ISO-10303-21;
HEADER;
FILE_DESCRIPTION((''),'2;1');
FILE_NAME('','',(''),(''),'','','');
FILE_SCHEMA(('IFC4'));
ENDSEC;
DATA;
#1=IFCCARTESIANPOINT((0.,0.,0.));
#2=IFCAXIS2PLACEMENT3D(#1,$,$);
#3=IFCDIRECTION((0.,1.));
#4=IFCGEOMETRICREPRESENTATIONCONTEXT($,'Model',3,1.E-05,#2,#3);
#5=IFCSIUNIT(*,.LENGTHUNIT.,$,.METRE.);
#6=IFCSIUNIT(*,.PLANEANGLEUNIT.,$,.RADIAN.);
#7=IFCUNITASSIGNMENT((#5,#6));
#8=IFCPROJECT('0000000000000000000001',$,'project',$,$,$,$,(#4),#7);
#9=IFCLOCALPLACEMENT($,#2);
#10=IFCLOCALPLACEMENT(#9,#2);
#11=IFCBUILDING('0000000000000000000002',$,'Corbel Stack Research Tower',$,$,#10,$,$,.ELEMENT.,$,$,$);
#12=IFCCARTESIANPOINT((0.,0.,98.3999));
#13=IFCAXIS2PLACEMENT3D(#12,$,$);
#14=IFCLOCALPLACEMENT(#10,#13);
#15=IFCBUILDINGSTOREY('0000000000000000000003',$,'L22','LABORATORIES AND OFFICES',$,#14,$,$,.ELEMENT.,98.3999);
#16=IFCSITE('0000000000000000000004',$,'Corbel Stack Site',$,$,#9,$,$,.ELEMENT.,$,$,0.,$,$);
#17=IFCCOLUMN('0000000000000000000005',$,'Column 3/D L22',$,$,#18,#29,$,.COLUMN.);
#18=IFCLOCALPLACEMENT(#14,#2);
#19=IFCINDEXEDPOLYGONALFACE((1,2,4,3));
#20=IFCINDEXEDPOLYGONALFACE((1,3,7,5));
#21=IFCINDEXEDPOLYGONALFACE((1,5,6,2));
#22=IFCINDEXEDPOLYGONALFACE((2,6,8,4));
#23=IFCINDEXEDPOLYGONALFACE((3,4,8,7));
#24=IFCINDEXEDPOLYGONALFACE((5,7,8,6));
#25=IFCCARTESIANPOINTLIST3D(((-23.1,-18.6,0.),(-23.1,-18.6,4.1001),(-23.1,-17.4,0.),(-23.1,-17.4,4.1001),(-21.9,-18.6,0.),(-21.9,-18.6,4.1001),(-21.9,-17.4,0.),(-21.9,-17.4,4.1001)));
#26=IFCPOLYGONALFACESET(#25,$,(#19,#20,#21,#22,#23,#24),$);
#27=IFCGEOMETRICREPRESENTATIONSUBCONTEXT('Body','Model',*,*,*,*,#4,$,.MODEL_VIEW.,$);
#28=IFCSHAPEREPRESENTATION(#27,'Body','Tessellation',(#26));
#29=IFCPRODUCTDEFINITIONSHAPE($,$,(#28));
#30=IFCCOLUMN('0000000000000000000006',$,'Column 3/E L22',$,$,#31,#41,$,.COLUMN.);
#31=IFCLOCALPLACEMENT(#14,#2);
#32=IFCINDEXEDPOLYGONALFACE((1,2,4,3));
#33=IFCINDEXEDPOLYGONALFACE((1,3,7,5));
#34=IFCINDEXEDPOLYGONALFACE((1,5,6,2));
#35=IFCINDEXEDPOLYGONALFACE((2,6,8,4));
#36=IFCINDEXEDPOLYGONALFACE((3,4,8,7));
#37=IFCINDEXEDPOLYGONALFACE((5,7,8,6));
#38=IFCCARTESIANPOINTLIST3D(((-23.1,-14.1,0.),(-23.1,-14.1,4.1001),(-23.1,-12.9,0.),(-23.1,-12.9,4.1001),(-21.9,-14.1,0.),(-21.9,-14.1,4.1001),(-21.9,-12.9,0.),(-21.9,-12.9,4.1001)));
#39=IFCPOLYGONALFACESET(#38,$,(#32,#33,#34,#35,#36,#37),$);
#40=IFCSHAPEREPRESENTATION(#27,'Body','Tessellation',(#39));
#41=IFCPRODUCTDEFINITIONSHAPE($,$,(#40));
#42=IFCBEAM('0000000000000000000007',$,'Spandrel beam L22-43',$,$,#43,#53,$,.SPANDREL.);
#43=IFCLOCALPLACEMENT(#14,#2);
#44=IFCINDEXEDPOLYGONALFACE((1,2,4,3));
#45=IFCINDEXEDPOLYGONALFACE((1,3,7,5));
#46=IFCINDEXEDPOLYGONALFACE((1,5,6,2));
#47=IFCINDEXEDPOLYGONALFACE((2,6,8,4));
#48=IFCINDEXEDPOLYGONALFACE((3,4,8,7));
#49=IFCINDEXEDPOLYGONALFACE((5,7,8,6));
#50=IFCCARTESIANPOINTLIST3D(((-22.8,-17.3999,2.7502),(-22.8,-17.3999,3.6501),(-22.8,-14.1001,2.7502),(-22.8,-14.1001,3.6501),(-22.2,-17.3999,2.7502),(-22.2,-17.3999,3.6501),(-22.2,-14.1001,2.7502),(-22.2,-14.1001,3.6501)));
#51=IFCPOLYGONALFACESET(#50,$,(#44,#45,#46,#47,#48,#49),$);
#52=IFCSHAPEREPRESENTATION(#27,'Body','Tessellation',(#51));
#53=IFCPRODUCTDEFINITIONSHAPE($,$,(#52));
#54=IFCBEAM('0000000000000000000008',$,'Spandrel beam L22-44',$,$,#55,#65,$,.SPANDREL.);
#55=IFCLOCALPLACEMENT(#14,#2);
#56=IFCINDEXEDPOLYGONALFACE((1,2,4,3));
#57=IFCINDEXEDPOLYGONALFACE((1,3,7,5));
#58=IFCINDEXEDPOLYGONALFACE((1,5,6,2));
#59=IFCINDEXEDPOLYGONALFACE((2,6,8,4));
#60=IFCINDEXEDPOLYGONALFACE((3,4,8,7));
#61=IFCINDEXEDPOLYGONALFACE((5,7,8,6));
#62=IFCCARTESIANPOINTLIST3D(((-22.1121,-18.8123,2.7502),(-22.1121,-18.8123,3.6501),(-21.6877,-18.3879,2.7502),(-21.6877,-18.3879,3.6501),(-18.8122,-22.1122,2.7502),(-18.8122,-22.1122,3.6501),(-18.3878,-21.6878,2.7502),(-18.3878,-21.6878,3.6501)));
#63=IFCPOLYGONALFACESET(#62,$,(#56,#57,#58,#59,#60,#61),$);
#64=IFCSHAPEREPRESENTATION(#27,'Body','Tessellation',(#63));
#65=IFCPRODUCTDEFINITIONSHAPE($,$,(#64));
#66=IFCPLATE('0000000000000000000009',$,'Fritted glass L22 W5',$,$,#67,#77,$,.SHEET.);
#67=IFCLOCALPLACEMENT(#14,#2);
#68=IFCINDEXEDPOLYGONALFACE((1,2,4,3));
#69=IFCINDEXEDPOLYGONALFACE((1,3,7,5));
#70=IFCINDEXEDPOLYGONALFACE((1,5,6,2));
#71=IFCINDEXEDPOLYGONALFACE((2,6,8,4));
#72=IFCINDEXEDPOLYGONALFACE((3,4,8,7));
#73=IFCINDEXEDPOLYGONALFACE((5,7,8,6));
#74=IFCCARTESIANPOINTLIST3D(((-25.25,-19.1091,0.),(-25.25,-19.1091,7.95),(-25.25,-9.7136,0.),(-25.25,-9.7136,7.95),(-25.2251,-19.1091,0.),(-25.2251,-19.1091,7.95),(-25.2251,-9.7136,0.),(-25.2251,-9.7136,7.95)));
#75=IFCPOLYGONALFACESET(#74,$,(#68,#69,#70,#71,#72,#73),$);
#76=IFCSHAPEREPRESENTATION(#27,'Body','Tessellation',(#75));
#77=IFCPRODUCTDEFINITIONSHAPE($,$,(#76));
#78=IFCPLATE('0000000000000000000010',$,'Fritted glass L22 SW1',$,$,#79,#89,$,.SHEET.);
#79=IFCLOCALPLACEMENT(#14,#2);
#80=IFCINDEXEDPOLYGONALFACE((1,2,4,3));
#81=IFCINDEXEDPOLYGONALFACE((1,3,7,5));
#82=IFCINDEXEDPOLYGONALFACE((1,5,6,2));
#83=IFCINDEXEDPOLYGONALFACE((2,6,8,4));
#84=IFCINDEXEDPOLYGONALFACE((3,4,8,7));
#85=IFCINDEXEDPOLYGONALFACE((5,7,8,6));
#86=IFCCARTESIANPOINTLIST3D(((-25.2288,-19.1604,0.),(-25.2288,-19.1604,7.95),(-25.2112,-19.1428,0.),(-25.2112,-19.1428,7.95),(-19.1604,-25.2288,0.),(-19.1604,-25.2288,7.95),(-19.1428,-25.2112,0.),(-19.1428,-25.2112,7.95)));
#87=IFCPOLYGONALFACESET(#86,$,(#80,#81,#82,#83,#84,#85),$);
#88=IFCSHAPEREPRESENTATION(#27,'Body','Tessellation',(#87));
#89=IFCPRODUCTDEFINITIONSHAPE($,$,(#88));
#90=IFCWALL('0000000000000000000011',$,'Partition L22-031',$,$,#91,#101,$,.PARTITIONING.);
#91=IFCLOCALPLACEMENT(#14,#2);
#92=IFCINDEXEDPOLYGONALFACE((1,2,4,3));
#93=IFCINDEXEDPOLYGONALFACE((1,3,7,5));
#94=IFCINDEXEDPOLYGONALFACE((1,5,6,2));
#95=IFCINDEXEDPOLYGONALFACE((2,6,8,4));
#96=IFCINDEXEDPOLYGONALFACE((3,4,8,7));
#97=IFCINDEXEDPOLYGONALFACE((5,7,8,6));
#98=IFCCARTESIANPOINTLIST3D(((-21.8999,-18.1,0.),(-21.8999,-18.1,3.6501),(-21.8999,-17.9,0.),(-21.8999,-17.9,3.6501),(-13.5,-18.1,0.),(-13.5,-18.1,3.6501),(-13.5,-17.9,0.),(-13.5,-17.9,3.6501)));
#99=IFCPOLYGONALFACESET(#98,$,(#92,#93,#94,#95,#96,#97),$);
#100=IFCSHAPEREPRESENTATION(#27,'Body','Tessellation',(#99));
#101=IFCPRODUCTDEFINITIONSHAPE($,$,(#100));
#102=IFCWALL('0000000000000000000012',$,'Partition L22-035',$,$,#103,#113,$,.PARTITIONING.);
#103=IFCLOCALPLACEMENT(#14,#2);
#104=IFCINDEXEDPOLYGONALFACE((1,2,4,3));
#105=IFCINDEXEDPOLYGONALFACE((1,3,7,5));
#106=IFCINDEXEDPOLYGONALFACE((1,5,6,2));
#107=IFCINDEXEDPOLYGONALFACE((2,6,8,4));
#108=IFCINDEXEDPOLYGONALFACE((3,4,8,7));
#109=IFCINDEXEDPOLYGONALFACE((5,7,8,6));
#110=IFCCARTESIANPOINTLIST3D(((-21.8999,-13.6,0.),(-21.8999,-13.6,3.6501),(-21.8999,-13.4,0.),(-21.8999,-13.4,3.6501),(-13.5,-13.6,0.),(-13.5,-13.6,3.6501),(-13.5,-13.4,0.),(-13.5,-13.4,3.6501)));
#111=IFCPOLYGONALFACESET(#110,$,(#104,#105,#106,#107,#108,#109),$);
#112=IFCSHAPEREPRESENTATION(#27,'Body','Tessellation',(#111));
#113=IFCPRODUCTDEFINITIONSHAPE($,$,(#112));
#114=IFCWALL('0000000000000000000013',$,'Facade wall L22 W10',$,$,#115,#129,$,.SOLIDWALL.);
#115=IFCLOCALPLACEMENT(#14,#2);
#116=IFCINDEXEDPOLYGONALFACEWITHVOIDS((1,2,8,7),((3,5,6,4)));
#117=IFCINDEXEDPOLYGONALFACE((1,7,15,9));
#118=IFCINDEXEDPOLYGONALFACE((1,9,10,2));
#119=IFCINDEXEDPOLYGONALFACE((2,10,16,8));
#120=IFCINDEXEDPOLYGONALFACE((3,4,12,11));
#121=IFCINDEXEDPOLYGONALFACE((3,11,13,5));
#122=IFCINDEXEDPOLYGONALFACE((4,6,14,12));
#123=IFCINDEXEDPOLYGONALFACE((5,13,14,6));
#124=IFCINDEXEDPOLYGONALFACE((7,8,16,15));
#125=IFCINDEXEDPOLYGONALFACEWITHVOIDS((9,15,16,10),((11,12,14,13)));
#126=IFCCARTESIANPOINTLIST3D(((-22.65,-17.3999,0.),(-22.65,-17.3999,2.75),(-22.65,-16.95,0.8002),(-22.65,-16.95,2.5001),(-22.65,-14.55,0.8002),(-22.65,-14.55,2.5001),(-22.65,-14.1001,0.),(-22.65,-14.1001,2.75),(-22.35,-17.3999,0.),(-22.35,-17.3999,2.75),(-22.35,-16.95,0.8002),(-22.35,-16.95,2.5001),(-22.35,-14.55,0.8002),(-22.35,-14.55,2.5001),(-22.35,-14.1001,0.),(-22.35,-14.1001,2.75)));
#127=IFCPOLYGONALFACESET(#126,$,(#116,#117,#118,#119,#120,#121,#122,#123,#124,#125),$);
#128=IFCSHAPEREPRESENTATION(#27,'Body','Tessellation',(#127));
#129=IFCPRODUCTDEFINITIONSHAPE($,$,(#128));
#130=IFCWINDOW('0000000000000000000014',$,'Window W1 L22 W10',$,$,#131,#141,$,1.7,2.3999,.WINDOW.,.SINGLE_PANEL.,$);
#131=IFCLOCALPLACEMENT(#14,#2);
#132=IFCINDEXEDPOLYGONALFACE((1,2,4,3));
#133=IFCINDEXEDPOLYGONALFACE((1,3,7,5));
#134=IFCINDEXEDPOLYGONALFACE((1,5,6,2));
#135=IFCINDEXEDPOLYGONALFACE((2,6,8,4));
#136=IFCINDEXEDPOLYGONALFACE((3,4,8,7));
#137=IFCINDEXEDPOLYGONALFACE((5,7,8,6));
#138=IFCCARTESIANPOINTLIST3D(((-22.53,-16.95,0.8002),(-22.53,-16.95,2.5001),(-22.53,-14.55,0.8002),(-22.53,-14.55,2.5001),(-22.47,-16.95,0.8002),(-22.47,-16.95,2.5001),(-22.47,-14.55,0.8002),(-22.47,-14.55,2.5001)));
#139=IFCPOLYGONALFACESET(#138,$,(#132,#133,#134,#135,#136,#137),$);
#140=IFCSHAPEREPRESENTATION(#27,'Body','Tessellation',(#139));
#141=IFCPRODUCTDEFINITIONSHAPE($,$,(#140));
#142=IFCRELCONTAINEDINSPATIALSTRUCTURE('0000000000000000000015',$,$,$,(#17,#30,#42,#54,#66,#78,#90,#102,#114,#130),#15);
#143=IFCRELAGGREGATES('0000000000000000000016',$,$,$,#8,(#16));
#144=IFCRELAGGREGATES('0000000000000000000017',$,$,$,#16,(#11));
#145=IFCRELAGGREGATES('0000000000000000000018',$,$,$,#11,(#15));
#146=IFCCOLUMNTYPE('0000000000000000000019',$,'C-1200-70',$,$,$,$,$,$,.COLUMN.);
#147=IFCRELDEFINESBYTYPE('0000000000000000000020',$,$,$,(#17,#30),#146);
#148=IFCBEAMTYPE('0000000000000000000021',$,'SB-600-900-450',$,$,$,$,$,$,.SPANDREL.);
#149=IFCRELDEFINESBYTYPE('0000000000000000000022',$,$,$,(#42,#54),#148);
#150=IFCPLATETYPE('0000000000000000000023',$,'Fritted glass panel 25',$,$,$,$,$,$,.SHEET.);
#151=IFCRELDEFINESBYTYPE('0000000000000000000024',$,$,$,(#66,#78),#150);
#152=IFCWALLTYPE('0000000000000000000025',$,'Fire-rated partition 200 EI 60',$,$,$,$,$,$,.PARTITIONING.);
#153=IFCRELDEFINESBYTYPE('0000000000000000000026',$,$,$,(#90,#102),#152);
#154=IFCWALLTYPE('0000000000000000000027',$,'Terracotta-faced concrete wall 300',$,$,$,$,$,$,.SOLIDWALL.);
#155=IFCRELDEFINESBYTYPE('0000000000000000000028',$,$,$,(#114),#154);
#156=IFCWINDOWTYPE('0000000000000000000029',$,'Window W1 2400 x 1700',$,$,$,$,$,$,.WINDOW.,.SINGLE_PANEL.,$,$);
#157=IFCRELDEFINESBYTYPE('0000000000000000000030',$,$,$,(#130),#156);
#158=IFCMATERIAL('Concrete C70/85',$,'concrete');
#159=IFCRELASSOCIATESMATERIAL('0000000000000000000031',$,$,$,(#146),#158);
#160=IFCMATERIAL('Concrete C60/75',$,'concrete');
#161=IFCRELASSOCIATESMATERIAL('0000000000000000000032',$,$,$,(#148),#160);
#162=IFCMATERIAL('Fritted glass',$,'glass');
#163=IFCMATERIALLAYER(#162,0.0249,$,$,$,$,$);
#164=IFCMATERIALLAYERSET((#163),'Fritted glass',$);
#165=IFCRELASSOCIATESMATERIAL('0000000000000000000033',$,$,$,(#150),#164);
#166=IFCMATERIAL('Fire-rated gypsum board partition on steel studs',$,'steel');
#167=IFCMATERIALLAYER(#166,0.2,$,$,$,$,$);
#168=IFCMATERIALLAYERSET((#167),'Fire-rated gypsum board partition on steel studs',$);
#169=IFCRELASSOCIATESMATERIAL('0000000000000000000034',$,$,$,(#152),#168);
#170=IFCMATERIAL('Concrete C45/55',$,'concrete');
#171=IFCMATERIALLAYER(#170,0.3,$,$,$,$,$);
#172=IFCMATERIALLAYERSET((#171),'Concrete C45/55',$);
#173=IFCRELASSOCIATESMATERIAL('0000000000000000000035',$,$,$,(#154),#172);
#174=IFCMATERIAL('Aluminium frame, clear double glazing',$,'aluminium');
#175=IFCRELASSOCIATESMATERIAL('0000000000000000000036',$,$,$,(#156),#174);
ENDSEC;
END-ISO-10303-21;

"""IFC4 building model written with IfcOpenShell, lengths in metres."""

from ifc_helpers import new_model, si_unit, direction, frame, frame_2d, origin, origin_2d, place, context, subcontext, project, spatial, rectangle, extrude, material, layer, layer_set, material_profile, profile_set, type_object, element, fill, save


model = new_model("IFC4")

# Units and contexts
model_context = context("Model", 3, precision=1e-05, world=origin(), true_north=direction((0.0, 1.0)))
body_context = subcontext(model_context, "Body", "Model", "MODEL_VIEW")
ifc_project = project(units=[si_unit("LENGTHUNIT", "METRE"), si_unit("PLANEANGLEUNIT", "RADIAN")], contexts=[model_context])

# Site, building, storey
site_placement = place(None, origin())
site = spatial("IfcSite", under=ifc_project, at=site_placement, Name="Corbel Stack Site", CompositionType="ELEMENT", RefElevation=0.0)
building_placement = place(site_placement, origin())
building = spatial("IfcBuilding", under=site, at=building_placement, Name="Corbel Stack Research Tower", CompositionType="ELEMENT")
storey_placement = place(building_placement, frame((0.0, 0.0, 98.3999)))
storey = spatial("IfcBuildingStorey", under=building, at=storey_placement, Name="L22", Description="LABORATORIES AND OFFICES", CompositionType="ELEMENT", Elevation=98.3999)

# Columns
ifc_material_1 = material(Name="Concrete C70/85", Category="concrete")
ifc_material_profile_1 = material_profile(ifc_material_1, rectangle(XDim=1.2, YDim=1.2, at=origin_2d()), Name="RC 1200 x 1200")
ifc_profile_set_1 = profile_set([ifc_material_profile_1], Name="Concrete C70/85")
column_type = type_object("IfcColumnType", Name="C-1200-70", PredefinedType="COLUMN", material=ifc_profile_set_1)
for number, where, z_axis, x_axis, name in (
    (1, (-22.5, -18.0, 0.0), (0.0, 0.0, 1.0), (1.0, 0.0, 0.0), "Column 3/D L22"),
    (2, (-22.5, -13.5, 0.0), (0.0, 0.0, 1.0), (1.0, 0.0, 0.0), "Column 3/E L22"),
):
    element("IfcColumn", number, at=place(storey_placement, frame(where, z_axis=z_axis, x_axis=x_axis)), inside=storey, type_object=column_type, Name=name, PredefinedType="COLUMN", context=body_context, shape_type="SweptSolid", body=[
        extrude(rectangle(XDim=1.2, YDim=1.2, at=origin_2d()), origin(), (0.0, 0.0, 1.0), 4.1001),
    ])

# Beams
ifc_material_2 = material(Name="Concrete C60/75", Category="concrete")
ifc_material_profile_2 = material_profile(ifc_material_2, rectangle(XDim=0.6001, YDim=0.8999, at=origin_2d()), Name="RC 600 x 900")
ifc_profile_set_2 = profile_set([ifc_material_profile_2], Name="Concrete C60/75")
beam_type = type_object("IfcBeamType", Name="SB-600-900-450", PredefinedType="SPANDREL", material=ifc_profile_set_2)
beam_1_placement = place(storey_placement, frame((-22.5, -14.1001, 3.2002), z_axis=(0.0, -1.0, 0.0), x_axis=(1.0, 0.0, 0.0)))
element("IfcBeam", 3, at=beam_1_placement, inside=storey, type_object=beam_type, Name="Spandrel beam L22-43", PredefinedType="SPANDREL", context=body_context, shape_type="SweptSolid", body=[
    extrude(rectangle(XDim=0.6001, YDim=0.8999, at=origin_2d()), origin(), (0.0, 0.0, 1.0), 3.2998),
])
beam_2_placement = place(storey_placement, frame((-21.8999, -18.6001, 3.2002), z_axis=(0.707107, -0.707107, 0.0), x_axis=(0.707107, 0.707107, 0.0)))
element("IfcBeam", 4, at=beam_2_placement, inside=storey, type_object=beam_type, Name="Spandrel beam L22-44", PredefinedType="SPANDREL", context=body_context, shape_type="SweptSolid", body=[
    extrude(rectangle(XDim=0.6001, YDim=0.8999, at=origin_2d()), origin(), (0.0, 0.0, 1.0), 4.6667),
])

# Plates
ifc_material_3 = material(Name="Fritted glass", Category="glass")
ifc_layer_1 = layer(ifc_material_3, 0.0249)
ifc_layer_set_1 = layer_set([ifc_layer_1], Name="Fritted glass")
plate_type = type_object("IfcPlateType", Name="Fritted glass panel 25", PredefinedType="SHEET", material=ifc_layer_set_1)
plate_1_placement = place(storey_placement, frame((-25.2375, -14.4114, 0.0), z_axis=(0.0, 0.0, 1.0), x_axis=(0.0, -1.0, 0.0)))
element("IfcPlate", 5, at=plate_1_placement, inside=storey, type_object=plate_type, Name="Fritted glass L22 W5", PredefinedType="SHEET", context=body_context, shape_type="SweptSolid", body=[
    extrude(rectangle(XDim=9.3955, YDim=0.0249, at=origin_2d()), origin(), (0.0, 0.0, 1.0), 7.95),
])
plate_2_placement = place(storey_placement, frame((-22.1858, -22.1858, 0.0), z_axis=(0.0, 0.0, 1.0), x_axis=(0.707107, -0.707107, 0.0)))
element("IfcPlate", 6, at=plate_2_placement, inside=storey, type_object=plate_type, Name="Fritted glass L22 SW1", PredefinedType="SHEET", context=body_context, shape_type="SweptSolid", body=[
    extrude(rectangle(XDim=8.582, YDim=0.0249, at=origin_2d()), origin(), (0.0, 0.0, 1.0), 7.95),
])

# Walls
ifc_material_4 = material(Name="Fire-rated gypsum board partition on steel studs", Category="steel")
ifc_layer_2 = layer(ifc_material_4, 0.2)
ifc_layer_set_2 = layer_set([ifc_layer_2], Name="Fire-rated gypsum board partition on steel studs")
wall_type_1 = type_object("IfcWallType", Name="Fire-rated partition 200 EI 60", PredefinedType="PARTITIONING", material=ifc_layer_set_2)
for number, where, z_axis, x_axis, name in (
    (7, (-21.8999, -18.0, 0.0), (0.0, 0.0, 1.0), (1.0, 0.0, 0.0), "Partition L22-031"),
    (8, (-21.8999, -13.5, 0.0), (0.0, 0.0, 1.0), (1.0, 0.0, 0.0), "Partition L22-035"),
):
    element("IfcWall", number, at=place(storey_placement, frame(where, z_axis=z_axis, x_axis=x_axis)), inside=storey, type_object=wall_type_1, Name=name, PredefinedType="PARTITIONING", context=body_context, shape_type="SweptSolid", body=[
        extrude(rectangle(XDim=8.3999, YDim=0.2, at=frame_2d((4.2, 0.0))), origin(), (0.0, 0.0, 1.0), 3.6501),
    ])

# Wall, opening, window
ifc_material_5 = material(Name="Concrete C45/55", Category="concrete")
ifc_layer_3 = layer(ifc_material_5, 0.3)
ifc_layer_set_3 = layer_set([ifc_layer_3], Name="Concrete C45/55")
wall_type_2 = type_object("IfcWallType", Name="Terracotta-faced concrete wall 300", PredefinedType="SOLIDWALL", material=ifc_layer_set_3)
wall_placement = place(storey_placement, frame((-22.5, -17.3999, 0.0), z_axis=(0.0, 0.0, 1.0), x_axis=(0.0, 1.0, 0.0)))
wall = element("IfcWall", 9, at=wall_placement, inside=storey, type_object=wall_type_2, Name="Facade wall L22 W10", PredefinedType="SOLIDWALL", context=body_context, shape_type="SweptSolid", body=[
    extrude(rectangle(XDim=3.2998, YDim=0.3, at=frame_2d((1.6499, 0.0))), origin(), (0.0, 0.0, 1.0), 2.75),
])
opening_placement = place(wall_placement, frame((0.45, 0.0, 0.8)))
opening = element("IfcOpeningElement", 10, at=opening_placement, cuts=wall, PredefinedType="OPENING", context=body_context, shape_type="SweptSolid", body=[
    extrude(rectangle(XDim=2.3999, YDim=1.7, at=frame_2d((1.2, 0.8501))), frame((0.0, 0.1599, 0.0), z_axis=(0.0, -1.0, 0.0), x_axis=(1.0, 0.0, 0.0)), (0.0, 0.0, 1.0), 0.3201),
])
ifc_material_6 = material(Name="Aluminium frame, clear double glazing", Category="aluminium")
window_type = type_object("IfcWindowType", Name="Window W1 2400 x 1700", PartitioningType="SINGLE_PANEL", PredefinedType="WINDOW", material=ifc_material_6)
window_placement = place(opening_placement, origin())
window = element("IfcWindow", 11, at=window_placement, inside=storey, type_object=window_type, Name="Window W1 L22 W10", OverallHeight=1.7, OverallWidth=2.3999, PartitioningType="SINGLE_PANEL", PredefinedType="WINDOW", context=body_context, shape_type="SweptSolid", body=[
    extrude(rectangle(XDim=2.3999, YDim=1.7, at=frame_2d((1.2, 0.8501))), frame((0.0, 0.03, 0.0), z_axis=(0.0, -1.0, 0.0), x_axis=(1.0, 0.0, 0.0)), (0.0, 0.0, 1.0), 0.0601),
])
fill(opening, window)

save(model, "model.ifc")
